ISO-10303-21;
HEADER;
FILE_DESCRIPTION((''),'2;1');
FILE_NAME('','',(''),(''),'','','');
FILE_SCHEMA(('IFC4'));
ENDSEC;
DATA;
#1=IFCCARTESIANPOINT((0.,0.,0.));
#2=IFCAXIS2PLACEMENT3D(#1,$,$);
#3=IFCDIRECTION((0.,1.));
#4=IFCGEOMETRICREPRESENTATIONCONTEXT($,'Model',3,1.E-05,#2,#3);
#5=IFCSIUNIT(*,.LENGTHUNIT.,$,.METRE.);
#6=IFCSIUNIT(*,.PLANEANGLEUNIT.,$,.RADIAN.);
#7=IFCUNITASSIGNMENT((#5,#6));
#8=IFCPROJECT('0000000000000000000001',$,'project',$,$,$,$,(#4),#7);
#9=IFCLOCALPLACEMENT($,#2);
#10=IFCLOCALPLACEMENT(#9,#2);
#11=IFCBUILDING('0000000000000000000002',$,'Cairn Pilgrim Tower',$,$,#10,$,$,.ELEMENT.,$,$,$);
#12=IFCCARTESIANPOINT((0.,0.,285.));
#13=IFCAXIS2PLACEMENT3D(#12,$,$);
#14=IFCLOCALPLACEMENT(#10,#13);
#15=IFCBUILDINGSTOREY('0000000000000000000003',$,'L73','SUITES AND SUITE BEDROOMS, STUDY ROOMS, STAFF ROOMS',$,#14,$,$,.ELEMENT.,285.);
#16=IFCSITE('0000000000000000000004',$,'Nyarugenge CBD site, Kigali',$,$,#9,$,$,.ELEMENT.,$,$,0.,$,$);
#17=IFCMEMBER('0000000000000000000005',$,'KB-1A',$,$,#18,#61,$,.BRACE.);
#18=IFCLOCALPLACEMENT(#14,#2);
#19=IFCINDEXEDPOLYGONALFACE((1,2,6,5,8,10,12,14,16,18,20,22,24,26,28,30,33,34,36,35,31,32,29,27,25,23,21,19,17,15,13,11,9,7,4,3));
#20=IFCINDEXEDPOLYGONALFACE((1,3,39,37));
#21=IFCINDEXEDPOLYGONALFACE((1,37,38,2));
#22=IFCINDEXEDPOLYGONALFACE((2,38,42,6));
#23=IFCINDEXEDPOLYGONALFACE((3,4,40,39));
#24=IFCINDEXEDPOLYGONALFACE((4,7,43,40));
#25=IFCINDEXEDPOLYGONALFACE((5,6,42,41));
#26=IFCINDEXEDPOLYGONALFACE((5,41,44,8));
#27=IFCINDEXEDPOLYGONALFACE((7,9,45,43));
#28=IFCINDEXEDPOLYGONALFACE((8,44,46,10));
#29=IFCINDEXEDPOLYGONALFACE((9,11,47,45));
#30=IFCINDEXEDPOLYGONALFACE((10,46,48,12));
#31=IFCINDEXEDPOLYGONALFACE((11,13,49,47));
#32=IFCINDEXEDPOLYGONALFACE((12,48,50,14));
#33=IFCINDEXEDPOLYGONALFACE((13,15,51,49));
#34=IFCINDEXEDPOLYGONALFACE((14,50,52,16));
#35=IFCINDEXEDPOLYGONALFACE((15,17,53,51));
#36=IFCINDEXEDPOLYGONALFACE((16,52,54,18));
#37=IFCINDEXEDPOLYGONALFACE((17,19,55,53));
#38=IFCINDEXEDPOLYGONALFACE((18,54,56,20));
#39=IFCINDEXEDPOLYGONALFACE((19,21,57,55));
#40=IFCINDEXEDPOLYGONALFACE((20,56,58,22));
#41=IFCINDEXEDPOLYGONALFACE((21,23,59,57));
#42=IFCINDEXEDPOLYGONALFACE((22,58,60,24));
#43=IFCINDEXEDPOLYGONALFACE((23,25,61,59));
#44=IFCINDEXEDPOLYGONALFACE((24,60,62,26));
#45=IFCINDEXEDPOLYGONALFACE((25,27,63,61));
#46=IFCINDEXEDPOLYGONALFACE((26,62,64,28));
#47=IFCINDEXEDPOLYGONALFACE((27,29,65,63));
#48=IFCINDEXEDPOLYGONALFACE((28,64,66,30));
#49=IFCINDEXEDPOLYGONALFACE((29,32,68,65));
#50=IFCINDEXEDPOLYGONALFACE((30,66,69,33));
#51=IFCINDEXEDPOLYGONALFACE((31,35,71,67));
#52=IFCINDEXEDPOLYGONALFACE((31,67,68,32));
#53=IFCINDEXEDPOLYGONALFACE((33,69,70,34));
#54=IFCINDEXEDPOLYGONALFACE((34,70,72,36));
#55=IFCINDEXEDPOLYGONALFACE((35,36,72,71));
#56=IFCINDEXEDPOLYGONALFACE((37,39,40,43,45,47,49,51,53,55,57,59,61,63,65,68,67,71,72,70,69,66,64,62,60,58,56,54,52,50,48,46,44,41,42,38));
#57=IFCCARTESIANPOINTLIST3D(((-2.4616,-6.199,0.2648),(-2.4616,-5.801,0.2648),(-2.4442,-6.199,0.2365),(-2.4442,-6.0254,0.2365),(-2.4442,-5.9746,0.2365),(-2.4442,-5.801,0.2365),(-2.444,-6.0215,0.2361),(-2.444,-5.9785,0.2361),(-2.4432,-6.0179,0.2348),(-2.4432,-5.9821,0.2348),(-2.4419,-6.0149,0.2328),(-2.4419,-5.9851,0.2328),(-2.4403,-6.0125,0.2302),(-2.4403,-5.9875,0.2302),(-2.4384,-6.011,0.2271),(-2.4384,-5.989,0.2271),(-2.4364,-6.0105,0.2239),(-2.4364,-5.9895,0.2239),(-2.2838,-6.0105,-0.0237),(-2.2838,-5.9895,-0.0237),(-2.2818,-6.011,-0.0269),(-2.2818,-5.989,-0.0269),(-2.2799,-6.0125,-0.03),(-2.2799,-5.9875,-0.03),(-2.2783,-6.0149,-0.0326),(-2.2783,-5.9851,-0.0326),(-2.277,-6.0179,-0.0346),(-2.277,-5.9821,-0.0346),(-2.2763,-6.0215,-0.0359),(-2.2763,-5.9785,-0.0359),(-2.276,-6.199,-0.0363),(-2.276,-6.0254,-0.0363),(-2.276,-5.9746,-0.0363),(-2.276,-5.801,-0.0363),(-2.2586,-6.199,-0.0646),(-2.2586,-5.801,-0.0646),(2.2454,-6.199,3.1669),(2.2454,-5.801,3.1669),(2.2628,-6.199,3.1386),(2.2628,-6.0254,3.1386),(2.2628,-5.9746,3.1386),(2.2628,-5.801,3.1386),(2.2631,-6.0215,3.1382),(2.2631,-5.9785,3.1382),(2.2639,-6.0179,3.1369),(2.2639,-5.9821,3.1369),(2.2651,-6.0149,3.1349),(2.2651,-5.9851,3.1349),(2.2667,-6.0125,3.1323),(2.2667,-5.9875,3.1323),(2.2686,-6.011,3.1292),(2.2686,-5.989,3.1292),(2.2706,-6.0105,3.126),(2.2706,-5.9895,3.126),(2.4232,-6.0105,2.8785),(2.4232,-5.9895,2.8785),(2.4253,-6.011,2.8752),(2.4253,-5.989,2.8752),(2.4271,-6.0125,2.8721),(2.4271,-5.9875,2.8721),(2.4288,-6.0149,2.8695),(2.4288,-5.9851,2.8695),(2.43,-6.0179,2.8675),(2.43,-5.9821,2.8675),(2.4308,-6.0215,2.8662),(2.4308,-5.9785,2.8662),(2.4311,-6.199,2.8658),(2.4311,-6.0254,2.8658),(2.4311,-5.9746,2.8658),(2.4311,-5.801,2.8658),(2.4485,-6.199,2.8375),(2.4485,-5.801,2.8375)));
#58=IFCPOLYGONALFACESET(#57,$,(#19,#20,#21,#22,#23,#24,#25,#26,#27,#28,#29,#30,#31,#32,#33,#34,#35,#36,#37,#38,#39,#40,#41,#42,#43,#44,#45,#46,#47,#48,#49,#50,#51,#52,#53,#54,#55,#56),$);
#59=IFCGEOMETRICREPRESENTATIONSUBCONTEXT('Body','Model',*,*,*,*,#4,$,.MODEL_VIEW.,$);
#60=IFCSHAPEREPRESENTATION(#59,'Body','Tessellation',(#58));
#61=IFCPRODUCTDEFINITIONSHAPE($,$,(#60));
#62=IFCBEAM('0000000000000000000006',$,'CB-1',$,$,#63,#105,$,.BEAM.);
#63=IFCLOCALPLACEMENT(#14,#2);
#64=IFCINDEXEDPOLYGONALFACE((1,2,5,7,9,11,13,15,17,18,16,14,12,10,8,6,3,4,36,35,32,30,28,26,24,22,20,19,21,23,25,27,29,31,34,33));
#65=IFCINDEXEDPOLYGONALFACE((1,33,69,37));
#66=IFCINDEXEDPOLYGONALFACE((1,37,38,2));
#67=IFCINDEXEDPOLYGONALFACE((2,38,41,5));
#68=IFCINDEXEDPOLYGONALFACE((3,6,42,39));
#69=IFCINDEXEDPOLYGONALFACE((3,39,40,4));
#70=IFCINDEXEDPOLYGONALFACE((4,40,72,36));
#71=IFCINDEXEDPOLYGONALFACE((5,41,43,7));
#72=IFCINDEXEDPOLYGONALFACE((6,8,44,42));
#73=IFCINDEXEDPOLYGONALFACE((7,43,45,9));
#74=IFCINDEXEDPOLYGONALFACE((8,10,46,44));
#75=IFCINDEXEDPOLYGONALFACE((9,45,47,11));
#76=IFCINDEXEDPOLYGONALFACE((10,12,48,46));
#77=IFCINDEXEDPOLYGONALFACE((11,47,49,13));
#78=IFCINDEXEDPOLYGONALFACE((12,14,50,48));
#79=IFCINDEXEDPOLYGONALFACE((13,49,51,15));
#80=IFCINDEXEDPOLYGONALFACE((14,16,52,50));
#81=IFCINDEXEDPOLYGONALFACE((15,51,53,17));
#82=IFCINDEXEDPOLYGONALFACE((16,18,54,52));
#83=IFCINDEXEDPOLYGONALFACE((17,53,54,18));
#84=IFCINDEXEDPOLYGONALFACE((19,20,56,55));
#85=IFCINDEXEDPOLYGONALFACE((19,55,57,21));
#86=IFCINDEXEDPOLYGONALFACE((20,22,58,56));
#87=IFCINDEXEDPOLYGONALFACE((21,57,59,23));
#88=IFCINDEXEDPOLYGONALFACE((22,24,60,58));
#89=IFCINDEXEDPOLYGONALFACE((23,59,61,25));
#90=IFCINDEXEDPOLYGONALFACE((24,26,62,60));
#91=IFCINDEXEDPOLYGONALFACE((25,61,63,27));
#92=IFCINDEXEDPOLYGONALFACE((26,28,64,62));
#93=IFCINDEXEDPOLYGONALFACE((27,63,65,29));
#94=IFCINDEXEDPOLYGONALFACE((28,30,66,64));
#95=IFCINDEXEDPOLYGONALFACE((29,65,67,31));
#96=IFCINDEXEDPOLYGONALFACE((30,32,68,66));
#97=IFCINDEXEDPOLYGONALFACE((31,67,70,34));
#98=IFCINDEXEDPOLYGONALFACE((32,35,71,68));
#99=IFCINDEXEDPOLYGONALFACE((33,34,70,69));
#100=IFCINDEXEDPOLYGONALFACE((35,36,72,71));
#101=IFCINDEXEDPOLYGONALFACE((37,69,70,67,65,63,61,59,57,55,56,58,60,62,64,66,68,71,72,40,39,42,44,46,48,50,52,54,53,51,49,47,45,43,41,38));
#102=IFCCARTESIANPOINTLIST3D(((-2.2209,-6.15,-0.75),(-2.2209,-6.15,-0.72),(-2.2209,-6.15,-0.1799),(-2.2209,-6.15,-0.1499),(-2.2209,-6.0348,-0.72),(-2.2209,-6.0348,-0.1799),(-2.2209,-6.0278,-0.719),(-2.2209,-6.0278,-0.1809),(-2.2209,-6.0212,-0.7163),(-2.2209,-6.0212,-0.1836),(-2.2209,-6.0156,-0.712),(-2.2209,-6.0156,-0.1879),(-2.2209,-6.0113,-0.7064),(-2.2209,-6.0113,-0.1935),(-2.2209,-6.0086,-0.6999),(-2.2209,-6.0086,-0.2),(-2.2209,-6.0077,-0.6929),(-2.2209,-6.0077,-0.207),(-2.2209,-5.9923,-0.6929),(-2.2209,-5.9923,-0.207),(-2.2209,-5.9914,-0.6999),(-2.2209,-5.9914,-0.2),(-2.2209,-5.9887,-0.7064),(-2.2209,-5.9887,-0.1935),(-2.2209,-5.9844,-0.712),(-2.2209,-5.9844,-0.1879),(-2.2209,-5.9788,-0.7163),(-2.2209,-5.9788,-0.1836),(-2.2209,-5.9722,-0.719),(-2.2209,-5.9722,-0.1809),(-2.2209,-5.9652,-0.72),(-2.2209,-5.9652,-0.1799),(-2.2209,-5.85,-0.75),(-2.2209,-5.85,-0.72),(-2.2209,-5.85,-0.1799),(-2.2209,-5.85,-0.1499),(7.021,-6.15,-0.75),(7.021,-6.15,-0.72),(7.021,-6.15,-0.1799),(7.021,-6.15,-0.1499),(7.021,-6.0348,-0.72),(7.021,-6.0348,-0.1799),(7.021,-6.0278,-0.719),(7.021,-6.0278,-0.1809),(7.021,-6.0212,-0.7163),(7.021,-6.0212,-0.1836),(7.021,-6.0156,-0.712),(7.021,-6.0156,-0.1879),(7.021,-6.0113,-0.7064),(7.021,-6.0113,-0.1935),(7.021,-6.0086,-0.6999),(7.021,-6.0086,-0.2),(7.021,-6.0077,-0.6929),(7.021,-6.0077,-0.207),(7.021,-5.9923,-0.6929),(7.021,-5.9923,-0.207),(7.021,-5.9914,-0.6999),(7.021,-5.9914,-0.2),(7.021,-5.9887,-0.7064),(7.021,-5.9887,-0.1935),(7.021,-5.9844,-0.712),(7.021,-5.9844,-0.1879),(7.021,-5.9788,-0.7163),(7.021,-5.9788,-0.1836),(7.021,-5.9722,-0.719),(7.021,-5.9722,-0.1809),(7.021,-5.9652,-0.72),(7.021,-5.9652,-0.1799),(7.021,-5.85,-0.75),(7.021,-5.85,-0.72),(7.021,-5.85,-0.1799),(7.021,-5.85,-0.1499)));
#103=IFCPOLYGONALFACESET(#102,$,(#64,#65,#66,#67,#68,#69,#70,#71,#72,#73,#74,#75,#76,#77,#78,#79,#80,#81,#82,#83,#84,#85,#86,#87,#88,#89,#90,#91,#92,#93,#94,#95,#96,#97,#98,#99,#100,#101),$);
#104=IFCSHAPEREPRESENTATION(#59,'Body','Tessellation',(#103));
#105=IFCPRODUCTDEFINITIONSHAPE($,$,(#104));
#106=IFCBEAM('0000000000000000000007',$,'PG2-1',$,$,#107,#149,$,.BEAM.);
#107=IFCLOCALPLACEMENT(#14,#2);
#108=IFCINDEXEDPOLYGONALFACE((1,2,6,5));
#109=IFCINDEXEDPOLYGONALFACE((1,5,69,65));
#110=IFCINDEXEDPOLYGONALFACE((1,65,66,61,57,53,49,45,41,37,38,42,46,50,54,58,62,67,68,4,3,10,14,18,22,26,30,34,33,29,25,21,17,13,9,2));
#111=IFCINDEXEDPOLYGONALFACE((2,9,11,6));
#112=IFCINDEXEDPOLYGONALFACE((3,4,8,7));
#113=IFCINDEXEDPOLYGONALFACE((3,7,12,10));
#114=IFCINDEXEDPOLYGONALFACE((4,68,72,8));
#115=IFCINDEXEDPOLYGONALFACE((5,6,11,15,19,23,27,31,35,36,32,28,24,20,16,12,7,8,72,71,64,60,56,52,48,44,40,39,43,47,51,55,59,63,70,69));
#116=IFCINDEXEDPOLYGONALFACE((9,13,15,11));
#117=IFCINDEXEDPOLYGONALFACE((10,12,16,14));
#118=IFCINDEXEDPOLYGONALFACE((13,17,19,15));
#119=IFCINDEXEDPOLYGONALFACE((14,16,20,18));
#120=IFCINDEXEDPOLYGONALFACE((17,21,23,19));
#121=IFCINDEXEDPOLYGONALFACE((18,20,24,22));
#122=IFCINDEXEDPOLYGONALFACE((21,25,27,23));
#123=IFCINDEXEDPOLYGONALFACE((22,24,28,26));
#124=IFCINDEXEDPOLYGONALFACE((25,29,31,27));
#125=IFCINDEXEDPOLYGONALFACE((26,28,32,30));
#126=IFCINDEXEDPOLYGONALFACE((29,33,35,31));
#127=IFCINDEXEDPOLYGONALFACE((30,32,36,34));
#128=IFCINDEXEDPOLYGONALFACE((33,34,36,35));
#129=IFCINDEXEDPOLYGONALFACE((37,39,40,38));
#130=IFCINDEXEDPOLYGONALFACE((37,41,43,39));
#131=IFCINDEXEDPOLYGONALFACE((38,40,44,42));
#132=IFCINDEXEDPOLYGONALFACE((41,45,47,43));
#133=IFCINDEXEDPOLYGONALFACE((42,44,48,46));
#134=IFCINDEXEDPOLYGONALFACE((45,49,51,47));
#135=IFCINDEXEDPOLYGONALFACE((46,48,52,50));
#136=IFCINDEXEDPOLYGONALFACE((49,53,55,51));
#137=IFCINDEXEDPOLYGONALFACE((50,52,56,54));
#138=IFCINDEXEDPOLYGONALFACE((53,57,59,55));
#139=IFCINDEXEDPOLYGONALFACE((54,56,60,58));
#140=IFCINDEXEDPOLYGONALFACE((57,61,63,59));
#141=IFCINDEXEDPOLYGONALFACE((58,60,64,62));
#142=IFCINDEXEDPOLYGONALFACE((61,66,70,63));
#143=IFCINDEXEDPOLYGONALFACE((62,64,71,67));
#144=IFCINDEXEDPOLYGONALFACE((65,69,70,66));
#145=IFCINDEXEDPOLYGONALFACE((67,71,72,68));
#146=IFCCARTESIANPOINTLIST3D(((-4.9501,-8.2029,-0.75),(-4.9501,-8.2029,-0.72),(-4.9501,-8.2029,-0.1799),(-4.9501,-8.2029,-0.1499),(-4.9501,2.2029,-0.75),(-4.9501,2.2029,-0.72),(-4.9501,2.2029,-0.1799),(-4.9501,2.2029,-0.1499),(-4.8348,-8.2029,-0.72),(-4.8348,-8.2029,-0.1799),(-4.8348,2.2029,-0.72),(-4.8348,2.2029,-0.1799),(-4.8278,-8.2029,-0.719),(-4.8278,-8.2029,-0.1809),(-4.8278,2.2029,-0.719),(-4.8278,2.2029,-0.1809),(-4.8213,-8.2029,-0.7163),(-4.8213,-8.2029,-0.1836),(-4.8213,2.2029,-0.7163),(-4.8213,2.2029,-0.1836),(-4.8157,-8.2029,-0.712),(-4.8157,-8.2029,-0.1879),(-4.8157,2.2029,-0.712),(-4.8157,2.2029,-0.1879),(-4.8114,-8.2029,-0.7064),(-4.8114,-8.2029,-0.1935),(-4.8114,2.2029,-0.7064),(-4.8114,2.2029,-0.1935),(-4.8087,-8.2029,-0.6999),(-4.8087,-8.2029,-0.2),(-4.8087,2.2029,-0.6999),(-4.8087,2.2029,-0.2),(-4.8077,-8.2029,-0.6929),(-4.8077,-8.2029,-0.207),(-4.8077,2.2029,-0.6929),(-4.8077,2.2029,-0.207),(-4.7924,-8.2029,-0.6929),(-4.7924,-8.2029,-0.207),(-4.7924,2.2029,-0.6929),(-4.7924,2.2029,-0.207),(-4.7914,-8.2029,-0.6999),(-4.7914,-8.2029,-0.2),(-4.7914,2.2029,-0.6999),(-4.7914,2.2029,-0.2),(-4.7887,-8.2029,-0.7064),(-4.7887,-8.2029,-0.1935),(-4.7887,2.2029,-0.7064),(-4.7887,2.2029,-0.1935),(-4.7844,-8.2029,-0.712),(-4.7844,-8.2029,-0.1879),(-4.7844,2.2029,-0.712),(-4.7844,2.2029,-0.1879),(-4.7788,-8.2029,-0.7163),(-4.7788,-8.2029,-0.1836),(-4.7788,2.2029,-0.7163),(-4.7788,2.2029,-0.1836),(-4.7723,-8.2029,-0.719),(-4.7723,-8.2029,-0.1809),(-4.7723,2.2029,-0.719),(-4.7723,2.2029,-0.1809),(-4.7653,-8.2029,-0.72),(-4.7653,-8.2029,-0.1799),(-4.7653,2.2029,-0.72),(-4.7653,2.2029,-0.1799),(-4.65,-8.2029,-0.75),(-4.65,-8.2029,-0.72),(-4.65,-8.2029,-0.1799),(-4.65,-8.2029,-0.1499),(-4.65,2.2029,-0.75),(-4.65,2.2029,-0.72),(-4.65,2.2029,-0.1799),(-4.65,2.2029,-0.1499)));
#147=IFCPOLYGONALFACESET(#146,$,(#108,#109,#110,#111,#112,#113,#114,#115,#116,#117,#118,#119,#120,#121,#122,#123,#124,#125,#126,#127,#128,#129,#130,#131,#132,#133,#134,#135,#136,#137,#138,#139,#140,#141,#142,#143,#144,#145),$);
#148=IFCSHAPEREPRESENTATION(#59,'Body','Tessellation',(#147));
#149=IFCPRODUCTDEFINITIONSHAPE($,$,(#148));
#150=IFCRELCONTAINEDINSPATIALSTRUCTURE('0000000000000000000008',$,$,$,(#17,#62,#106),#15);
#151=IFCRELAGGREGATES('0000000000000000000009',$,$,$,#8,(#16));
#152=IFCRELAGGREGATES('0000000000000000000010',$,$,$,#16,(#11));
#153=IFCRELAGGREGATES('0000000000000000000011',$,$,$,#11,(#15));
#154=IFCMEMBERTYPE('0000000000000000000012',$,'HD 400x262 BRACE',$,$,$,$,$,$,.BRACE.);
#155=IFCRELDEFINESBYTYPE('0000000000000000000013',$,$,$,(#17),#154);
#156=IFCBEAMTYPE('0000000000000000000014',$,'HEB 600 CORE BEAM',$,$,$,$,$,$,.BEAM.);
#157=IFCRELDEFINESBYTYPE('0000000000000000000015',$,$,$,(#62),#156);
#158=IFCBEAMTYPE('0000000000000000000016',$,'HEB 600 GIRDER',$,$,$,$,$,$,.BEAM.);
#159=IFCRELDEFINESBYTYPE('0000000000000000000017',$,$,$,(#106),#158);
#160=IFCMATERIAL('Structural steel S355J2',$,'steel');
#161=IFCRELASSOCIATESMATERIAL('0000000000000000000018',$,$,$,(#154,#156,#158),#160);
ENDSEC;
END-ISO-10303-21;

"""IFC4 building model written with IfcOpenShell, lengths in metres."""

from ifc_helpers import new_model, si_unit, direction, frame, origin, origin_2d, place, context, subcontext, project, spatial, i_section, extrude, material, material_profile, profile_set, type_object, element, save


model = new_model("IFC4")

# Units and contexts
model_context = context("Model", 3, precision=1e-05, world=origin(), true_north=direction((0.0, 1.0)))
body_context = subcontext(model_context, "Body", "Model", "MODEL_VIEW")
ifc_project = project(units=[si_unit("LENGTHUNIT", "METRE"), si_unit("PLANEANGLEUNIT", "RADIAN")], contexts=[model_context])

# Site, building, storey
site_placement = place(None, origin())
site = spatial("IfcSite", under=ifc_project, at=site_placement, Name="Nyarugenge CBD site, Kigali", CompositionType="ELEMENT", RefElevation=0.0)
building_placement = place(site_placement, origin())
building = spatial("IfcBuilding", under=site, at=building_placement, Name="Cairn Pilgrim Tower", CompositionType="ELEMENT")
storey_placement = place(building_placement, frame((0.0, 0.0, 285.0)))
storey = spatial("IfcBuildingStorey", under=building, at=storey_placement, Name="L73", Description="SUITES AND SUITE BEDROOMS, STUDY ROOMS, STAFF ROOMS", CompositionType="ELEMENT", Elevation=285.0)

# Shared definitions
ifc_material_1 = material(Name="Structural steel S355J2", Category="steel")

# Member
ifc_material_profile_1 = material_profile(ifc_material_1, i_section(OverallWidth=0.3979, OverallDepth=0.387, WebThickness=0.021, FlangeThickness=0.0332, FilletRadius=0.0149, at=origin_2d()), Name="HD 400x262")
ifc_profile_set_1 = profile_set([ifc_material_profile_1], Name="Structural steel S355J2")
member_type_1 = type_object("IfcMemberType", Name="HD 400x262 BRACE", PredefinedType="BRACE", material=ifc_profile_set_1)
member_1_placement = place(storey_placement, frame((-2.3601, -6.0, 0.1001), z_axis=(0.851217, 0.0, 0.524814), x_axis=(0.0, 1.0, 0.0)))
element("IfcMember", 1, at=member_1_placement, inside=storey, type_object=member_type_1, Name="KB-1A", PredefinedType="BRACE", context=body_context, shape_type="SweptSolid", body=[
    extrude(i_section(OverallWidth=0.3979, OverallDepth=0.387, WebThickness=0.021, FlangeThickness=0.0332, FilletRadius=0.0149, at=origin_2d()), origin(), (0.0, 0.0, 1.0), 5.5298),
])

# Beams
ifc_material_profile_2 = material_profile(ifc_material_1, i_section(OverallWidth=0.3, OverallDepth=0.6001, WebThickness=0.0154, FlangeThickness=0.03, FilletRadius=0.0271, at=origin_2d()), Name="HEB 600")
ifc_profile_set_2 = profile_set([ifc_material_profile_2], Name="Structural steel S355J2")
beam_type_1 = type_object("IfcBeamType", Name="HEB 600 CORE BEAM", PredefinedType="BEAM", material=ifc_profile_set_2)
beam_1_placement = place(storey_placement, frame((-2.2209, -6.0, -0.45), z_axis=(1.0, 0.0, 0.0), x_axis=(0.0, 1.0, 0.0)))
element("IfcBeam", 2, at=beam_1_placement, inside=storey, type_object=beam_type_1, Name="CB-1", PredefinedType="BEAM", context=body_context, shape_type="SweptSolid", body=[
    extrude(i_section(OverallWidth=0.3, OverallDepth=0.6001, WebThickness=0.0154, FlangeThickness=0.03, FilletRadius=0.0271, at=origin_2d()), origin(), (0.0, 0.0, 1.0), 9.2419),
])
ifc_material_profile_3 = material_profile(ifc_material_1, i_section(OverallWidth=0.3, OverallDepth=0.6001, WebThickness=0.0154, FlangeThickness=0.03, FilletRadius=0.0271, at=origin_2d()), Name="HEB 600")
ifc_profile_set_3 = profile_set([ifc_material_profile_3], Name="Structural steel S355J2")
beam_type_2 = type_object("IfcBeamType", Name="HEB 600 GIRDER", PredefinedType="BEAM", material=ifc_profile_set_3)
beam_2_placement = place(storey_placement, frame((-4.8, -8.2029, -0.45), z_axis=(0.0, 1.0, 0.0), x_axis=(-1.0, 0.0, 0.0)))
element("IfcBeam", 3, at=beam_2_placement, inside=storey, type_object=beam_type_2, Name="PG2-1", PredefinedType="BEAM", context=body_context, shape_type="SweptSolid", body=[
    extrude(i_section(OverallWidth=0.3, OverallDepth=0.6001, WebThickness=0.0154, FlangeThickness=0.03, FilletRadius=0.0271, at=origin_2d()), origin(), (0.0, 0.0, 1.0), 10.4058),
])

save(model, "model.ifc")
